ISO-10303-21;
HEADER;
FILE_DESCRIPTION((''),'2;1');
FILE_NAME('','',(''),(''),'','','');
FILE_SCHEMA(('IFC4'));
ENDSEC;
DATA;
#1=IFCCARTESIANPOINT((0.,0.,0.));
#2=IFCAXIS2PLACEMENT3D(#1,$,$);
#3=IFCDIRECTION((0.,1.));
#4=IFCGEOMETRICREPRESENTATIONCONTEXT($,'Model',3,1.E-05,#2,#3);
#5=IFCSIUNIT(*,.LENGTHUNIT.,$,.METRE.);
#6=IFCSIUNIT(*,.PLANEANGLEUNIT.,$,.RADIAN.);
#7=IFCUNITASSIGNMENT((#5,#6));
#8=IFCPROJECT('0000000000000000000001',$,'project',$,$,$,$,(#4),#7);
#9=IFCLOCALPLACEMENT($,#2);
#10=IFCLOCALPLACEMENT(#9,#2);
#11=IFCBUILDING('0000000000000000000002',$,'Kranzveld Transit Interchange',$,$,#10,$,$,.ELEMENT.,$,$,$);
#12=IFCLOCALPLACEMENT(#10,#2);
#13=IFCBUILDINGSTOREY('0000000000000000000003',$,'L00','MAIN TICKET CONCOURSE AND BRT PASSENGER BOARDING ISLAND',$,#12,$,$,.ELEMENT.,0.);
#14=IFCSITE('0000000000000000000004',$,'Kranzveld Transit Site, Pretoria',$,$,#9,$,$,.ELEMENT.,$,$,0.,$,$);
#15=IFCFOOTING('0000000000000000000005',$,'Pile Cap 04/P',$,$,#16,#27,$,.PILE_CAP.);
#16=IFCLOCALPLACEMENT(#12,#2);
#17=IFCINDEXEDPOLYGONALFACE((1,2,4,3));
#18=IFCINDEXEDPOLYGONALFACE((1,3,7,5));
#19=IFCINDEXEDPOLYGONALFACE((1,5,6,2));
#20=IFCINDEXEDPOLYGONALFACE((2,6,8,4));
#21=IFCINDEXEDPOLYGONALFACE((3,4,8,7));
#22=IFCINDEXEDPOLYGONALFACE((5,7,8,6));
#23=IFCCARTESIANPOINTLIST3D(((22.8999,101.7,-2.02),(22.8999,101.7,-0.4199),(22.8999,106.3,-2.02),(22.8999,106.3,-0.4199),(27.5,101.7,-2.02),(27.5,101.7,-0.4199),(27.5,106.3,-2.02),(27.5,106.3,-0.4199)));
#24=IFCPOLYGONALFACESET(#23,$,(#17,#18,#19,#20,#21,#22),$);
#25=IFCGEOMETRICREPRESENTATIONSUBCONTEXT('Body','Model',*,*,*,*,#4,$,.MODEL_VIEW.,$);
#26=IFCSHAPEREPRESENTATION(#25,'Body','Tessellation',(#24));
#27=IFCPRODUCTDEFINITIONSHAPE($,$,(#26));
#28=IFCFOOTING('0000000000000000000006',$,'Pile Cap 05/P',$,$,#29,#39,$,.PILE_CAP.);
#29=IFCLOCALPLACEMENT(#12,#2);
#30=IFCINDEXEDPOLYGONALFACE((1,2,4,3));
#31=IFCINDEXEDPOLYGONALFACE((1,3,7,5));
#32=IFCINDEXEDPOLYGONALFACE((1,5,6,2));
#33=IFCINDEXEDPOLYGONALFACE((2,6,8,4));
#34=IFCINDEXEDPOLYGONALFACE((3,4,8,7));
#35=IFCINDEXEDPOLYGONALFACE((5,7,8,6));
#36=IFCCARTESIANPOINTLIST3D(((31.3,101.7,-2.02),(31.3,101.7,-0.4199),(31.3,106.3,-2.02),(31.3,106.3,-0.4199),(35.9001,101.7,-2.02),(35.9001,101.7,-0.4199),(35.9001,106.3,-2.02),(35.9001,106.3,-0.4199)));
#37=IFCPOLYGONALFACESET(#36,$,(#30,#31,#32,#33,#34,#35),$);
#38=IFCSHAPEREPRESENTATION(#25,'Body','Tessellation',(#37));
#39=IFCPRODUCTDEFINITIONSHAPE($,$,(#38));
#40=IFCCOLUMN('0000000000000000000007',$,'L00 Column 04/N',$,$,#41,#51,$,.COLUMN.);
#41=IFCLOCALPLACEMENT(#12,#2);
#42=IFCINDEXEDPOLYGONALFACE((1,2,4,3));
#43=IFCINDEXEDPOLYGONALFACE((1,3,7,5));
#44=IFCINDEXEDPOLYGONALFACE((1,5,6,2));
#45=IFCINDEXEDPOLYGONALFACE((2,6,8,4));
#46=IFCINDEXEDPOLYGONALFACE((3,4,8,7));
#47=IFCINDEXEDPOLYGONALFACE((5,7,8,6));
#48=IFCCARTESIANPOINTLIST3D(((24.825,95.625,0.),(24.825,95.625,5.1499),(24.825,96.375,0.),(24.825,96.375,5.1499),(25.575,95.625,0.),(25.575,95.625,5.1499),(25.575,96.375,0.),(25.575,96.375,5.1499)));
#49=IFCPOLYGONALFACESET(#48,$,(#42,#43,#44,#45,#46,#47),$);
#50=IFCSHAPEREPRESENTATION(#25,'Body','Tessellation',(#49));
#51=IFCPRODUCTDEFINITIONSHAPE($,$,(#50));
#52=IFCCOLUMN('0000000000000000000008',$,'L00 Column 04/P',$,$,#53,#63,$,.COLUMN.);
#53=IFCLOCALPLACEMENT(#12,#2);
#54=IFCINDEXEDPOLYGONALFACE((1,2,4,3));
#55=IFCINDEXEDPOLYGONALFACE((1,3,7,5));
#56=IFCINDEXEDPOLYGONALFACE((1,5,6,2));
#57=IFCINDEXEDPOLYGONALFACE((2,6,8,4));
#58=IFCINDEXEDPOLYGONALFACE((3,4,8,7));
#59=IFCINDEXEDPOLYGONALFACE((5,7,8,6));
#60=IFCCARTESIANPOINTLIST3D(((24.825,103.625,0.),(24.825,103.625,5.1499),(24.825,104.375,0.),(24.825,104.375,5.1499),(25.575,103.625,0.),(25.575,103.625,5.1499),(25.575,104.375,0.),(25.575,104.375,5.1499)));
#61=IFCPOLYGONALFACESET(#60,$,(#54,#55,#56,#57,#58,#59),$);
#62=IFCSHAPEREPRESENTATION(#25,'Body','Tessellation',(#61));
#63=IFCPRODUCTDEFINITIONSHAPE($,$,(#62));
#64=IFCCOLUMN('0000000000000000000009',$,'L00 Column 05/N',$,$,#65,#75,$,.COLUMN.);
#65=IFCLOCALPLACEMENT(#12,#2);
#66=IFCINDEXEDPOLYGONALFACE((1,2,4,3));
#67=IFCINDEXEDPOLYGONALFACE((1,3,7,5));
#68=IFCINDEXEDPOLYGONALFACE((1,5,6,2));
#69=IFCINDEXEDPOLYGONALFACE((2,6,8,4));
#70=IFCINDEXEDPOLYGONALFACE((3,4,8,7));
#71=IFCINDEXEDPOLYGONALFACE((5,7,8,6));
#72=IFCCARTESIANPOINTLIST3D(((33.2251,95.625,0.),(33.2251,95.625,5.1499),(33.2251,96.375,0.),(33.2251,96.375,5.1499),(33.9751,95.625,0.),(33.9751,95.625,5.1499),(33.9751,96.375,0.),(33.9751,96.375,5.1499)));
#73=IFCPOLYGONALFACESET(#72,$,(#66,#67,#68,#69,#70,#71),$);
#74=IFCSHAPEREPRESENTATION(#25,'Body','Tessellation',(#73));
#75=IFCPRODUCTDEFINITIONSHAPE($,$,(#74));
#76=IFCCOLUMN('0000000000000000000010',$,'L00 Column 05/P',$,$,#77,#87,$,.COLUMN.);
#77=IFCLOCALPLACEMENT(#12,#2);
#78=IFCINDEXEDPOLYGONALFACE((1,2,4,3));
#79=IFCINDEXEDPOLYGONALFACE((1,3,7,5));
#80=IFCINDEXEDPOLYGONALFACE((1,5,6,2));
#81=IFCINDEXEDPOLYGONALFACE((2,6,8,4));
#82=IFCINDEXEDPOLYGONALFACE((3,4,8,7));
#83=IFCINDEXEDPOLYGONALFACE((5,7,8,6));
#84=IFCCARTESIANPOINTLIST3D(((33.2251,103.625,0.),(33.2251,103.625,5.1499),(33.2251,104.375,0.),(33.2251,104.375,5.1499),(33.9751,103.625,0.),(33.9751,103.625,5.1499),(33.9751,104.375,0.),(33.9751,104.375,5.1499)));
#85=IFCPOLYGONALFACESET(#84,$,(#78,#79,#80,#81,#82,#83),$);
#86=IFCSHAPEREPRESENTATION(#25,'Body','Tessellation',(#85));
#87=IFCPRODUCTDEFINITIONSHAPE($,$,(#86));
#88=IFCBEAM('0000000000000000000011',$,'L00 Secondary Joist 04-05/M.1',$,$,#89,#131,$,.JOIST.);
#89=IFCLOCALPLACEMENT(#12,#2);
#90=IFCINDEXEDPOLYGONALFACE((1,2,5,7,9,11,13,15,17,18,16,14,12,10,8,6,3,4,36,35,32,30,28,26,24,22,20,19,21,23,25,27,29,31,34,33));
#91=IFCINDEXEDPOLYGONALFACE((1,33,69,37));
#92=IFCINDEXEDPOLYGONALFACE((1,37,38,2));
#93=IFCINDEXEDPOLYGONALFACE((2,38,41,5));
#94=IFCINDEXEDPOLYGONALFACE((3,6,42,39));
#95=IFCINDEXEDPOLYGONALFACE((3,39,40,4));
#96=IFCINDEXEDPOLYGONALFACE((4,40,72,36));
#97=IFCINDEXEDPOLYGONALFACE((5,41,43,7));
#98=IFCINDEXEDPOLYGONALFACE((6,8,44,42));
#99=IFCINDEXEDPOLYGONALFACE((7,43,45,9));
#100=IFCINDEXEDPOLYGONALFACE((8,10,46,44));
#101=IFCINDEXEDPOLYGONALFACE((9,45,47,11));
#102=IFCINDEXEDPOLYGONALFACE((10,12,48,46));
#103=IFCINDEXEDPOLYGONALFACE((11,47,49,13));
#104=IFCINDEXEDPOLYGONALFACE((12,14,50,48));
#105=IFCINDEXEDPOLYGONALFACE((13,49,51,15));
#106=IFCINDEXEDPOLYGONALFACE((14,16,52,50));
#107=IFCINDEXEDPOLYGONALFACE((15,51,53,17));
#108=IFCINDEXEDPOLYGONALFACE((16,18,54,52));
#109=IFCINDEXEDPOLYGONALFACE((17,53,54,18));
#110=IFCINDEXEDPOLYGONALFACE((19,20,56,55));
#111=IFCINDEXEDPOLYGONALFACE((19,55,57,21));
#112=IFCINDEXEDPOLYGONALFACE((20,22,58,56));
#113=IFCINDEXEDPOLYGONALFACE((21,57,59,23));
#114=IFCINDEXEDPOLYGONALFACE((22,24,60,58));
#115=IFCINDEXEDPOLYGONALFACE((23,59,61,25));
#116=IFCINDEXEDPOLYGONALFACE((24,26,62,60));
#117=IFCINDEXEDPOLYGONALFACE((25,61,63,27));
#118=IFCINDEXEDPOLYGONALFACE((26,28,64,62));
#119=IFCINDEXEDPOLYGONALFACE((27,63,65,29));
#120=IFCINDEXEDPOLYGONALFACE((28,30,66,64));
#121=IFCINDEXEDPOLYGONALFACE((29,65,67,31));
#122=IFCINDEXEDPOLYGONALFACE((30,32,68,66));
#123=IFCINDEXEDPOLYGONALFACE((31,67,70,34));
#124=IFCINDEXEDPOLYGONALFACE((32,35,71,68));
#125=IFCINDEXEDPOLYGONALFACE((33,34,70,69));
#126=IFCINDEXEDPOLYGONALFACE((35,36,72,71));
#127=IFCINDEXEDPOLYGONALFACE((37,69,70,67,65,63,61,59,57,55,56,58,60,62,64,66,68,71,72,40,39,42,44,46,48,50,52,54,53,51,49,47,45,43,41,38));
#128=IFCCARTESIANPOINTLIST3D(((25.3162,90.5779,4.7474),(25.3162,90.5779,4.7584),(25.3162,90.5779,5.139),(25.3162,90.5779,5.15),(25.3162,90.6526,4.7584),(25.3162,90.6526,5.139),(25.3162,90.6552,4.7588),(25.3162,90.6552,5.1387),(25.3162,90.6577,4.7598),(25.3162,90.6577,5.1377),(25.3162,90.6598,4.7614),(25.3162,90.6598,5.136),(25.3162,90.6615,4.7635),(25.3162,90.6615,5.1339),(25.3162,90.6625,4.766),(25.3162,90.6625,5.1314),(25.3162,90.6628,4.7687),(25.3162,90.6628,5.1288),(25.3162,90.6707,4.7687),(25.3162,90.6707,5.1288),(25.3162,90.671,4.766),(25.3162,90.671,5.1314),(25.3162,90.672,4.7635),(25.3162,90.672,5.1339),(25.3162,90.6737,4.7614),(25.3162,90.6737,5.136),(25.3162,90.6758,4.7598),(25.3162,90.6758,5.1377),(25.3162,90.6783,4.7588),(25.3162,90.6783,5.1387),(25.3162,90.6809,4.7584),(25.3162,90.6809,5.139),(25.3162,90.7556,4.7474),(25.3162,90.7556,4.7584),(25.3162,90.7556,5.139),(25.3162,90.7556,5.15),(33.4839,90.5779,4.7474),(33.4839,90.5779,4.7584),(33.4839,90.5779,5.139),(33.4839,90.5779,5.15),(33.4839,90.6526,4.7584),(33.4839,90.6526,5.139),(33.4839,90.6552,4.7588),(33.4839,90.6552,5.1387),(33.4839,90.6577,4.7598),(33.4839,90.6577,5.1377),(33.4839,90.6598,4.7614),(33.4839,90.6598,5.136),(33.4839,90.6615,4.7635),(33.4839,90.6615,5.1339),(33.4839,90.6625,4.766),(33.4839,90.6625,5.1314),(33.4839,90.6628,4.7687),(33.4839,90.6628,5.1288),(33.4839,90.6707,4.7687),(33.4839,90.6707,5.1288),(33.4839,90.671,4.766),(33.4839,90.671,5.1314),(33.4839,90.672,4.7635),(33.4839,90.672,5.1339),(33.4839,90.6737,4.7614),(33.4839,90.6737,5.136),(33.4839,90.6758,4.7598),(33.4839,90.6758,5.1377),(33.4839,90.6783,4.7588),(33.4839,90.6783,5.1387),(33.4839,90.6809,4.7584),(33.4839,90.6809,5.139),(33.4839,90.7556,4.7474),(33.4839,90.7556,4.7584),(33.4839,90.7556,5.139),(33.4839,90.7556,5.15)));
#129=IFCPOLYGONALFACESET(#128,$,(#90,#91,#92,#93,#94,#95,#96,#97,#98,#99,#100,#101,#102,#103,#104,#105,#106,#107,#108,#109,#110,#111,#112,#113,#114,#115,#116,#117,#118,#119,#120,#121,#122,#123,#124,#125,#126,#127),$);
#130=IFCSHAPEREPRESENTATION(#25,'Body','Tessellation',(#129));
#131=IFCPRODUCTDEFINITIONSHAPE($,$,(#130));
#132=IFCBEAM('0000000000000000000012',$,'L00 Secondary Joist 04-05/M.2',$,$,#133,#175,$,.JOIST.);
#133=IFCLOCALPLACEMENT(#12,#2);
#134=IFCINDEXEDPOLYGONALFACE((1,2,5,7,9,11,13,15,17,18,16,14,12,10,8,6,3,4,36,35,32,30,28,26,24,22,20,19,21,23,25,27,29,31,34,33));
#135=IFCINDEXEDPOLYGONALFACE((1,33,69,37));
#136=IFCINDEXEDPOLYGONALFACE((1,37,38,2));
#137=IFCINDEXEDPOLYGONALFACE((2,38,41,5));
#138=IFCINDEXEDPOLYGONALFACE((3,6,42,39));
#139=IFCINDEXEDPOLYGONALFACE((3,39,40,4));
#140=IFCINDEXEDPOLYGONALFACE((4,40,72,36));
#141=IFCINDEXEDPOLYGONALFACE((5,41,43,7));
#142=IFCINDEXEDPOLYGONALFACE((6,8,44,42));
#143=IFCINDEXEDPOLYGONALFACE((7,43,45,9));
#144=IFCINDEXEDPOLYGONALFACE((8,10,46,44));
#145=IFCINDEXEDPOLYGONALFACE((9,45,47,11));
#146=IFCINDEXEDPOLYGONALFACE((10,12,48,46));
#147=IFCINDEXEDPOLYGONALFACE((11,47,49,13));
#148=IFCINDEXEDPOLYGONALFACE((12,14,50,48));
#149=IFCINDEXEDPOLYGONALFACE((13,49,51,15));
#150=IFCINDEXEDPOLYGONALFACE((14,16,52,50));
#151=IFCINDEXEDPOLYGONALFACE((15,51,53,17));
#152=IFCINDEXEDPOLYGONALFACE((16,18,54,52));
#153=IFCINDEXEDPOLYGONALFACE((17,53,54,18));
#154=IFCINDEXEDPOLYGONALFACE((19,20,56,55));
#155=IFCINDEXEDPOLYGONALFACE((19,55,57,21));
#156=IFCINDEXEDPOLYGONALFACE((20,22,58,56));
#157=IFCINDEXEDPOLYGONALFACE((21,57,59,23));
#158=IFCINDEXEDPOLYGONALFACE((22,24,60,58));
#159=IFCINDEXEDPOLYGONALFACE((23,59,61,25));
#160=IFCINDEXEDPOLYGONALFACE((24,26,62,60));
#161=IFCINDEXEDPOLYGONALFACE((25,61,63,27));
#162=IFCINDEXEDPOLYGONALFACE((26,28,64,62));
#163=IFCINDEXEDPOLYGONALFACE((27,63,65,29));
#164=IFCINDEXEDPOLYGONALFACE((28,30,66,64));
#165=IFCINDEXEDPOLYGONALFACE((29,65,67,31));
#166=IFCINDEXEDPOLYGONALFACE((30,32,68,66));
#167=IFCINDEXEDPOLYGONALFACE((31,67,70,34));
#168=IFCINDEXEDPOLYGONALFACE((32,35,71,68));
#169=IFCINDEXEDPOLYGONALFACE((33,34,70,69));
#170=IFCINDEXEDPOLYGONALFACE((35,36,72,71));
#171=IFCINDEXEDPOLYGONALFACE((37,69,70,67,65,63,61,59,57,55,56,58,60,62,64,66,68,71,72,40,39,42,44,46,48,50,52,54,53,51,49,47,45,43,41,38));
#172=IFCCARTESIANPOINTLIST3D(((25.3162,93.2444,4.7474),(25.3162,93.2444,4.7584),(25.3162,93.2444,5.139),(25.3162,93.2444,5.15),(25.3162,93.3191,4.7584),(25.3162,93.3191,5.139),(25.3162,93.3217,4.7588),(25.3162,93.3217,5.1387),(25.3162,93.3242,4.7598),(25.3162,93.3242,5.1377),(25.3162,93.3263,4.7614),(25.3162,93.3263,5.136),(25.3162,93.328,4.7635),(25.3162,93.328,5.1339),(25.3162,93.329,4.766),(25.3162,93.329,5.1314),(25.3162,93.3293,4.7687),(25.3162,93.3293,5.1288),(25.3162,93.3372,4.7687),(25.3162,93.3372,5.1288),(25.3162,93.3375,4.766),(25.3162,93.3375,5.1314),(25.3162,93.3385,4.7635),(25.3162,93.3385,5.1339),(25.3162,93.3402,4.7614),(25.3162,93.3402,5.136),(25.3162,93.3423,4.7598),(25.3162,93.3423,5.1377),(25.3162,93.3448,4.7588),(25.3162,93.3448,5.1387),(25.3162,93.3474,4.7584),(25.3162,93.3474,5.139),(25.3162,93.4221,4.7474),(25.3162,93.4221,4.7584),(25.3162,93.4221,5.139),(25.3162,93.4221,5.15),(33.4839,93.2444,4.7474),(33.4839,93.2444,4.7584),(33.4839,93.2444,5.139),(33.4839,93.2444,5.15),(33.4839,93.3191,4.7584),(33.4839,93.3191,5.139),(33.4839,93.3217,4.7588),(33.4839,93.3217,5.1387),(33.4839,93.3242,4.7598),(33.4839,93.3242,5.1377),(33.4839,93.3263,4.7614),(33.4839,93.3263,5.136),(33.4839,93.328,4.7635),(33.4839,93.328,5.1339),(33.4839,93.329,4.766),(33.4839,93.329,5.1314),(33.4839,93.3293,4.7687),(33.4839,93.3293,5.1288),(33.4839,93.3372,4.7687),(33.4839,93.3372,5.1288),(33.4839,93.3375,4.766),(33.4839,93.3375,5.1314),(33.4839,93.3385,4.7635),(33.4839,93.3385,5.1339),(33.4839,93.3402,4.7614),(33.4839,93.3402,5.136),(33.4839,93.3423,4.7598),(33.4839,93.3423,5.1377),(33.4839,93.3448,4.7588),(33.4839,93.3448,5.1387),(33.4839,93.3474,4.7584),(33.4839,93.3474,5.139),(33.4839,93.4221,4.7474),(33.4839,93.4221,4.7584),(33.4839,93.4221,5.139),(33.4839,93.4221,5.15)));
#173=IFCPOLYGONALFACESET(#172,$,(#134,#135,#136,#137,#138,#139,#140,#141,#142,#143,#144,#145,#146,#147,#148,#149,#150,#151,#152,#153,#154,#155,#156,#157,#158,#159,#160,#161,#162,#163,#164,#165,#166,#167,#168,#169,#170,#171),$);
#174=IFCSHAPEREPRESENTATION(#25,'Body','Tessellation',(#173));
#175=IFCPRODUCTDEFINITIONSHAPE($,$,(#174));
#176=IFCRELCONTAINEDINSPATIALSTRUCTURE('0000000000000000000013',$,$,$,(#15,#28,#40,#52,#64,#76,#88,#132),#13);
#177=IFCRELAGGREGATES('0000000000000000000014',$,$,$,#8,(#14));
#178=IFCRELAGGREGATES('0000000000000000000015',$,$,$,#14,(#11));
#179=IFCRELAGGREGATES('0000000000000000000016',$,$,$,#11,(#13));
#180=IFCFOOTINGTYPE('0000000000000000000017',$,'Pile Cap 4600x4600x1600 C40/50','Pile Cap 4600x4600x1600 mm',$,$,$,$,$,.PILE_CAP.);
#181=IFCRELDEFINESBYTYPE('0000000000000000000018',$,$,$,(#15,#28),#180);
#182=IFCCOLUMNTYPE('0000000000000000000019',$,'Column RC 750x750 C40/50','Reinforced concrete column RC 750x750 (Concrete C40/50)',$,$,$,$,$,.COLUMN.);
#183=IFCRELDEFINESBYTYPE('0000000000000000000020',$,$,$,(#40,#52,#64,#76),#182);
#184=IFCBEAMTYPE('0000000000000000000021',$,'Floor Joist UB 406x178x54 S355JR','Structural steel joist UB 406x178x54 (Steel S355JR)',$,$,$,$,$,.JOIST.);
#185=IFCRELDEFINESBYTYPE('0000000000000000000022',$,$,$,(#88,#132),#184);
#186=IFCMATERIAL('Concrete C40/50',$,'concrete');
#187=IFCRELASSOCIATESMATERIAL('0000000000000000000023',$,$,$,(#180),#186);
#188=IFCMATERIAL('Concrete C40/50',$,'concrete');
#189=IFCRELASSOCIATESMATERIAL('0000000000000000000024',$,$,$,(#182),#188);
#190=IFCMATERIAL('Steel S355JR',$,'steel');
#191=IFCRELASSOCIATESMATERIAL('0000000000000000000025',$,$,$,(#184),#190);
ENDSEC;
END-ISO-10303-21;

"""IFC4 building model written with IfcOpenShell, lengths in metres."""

from ifc_helpers import new_model, si_unit, direction, frame, origin, origin_2d, place, context, subcontext, project, spatial, rectangle, i_section, extrude, material, material_profile, profile_set, type_object, element, save


model = new_model("IFC4")

# Units and contexts
model_context = context("Model", 3, precision=1e-05, world=origin(), true_north=direction((0.0, 1.0)))
body_context = subcontext(model_context, "Body", "Model", "MODEL_VIEW")
ifc_project = project(units=[si_unit("LENGTHUNIT", "METRE"), si_unit("PLANEANGLEUNIT", "RADIAN")], contexts=[model_context])

# Site, building, storey
site_placement = place(None, origin())
site = spatial("IfcSite", under=ifc_project, at=site_placement, Name="Kranzveld Transit Site, Pretoria", CompositionType="ELEMENT", RefElevation=0.0)
building_placement = place(site_placement, origin())
building = spatial("IfcBuilding", under=site, at=building_placement, Name="Kranzveld Transit Interchange", CompositionType="ELEMENT")
storey_placement = place(building_placement, origin())
storey = spatial("IfcBuildingStorey", under=building, at=storey_placement, Name="L00", Description="MAIN TICKET CONCOURSE AND BRT PASSENGER BOARDING ISLAND", CompositionType="ELEMENT", Elevation=0.0)

# Footings
ifc_material_1 = material(Name="Concrete C40/50", Category="concrete")
footing_type = type_object("IfcFootingType", Name="Pile Cap 4600x4600x1600 C40/50", Description="Pile Cap 4600x4600x1600 mm", PredefinedType="PILE_CAP", material=ifc_material_1)
for number, where, z_axis, x_axis, name in (
    (1, (25.2, 104.0, -2.02), (0.0, 0.0, 1.0), (1.0, 0.0, 0.0), "Pile Cap 04/P"),
    (2, (33.6001, 104.0, -2.02), (0.0, 0.0, 1.0), (1.0, 0.0, 0.0), "Pile Cap 05/P"),
):
    element("IfcFooting", number, at=place(storey_placement, frame(where, z_axis=z_axis, x_axis=x_axis)), inside=storey, type_object=footing_type, Name=name, PredefinedType="PILE_CAP", context=body_context, shape_type="SweptSolid", body=[
        extrude(rectangle(XDim=4.6001, YDim=4.6001, at=origin_2d()), origin(), (0.0, 0.0, 1.0), 1.6001),
    ])

# Columns
ifc_material_2 = material(Name="Concrete C40/50", Category="concrete")
ifc_material_profile_1 = material_profile(ifc_material_2, rectangle(XDim=0.75, YDim=0.75, at=origin_2d()), Name="RC 750x750")
ifc_profile_set_1 = profile_set([ifc_material_profile_1], Name="Concrete C40/50")
column_type = type_object("IfcColumnType", Name="Column RC 750x750 C40/50", Description="Reinforced concrete column RC 750x750 (Concrete C40/50)", PredefinedType="COLUMN", material=ifc_profile_set_1)
for number, where, z_axis, x_axis, name in (
    (3, (25.2, 96.0, 0.0), (0.0, 0.0, 1.0), (1.0, 0.0, 0.0), "L00 Column 04/N"),
    (4, (25.2, 104.0, 0.0), (0.0, 0.0, 1.0), (1.0, 0.0, 0.0), "L00 Column 04/P"),
    (5, (33.6001, 96.0, 0.0), (0.0, 0.0, 1.0), (1.0, 0.0, 0.0), "L00 Column 05/N"),
    (6, (33.6001, 104.0, 0.0), (0.0, 0.0, 1.0), (1.0, 0.0, 0.0), "L00 Column 05/P"),
):
    element("IfcColumn", number, at=place(storey_placement, frame(where, z_axis=z_axis, x_axis=x_axis)), inside=storey, type_object=column_type, Name=name, PredefinedType="COLUMN", context=body_context, shape_type="SweptSolid", body=[
        extrude(rectangle(XDim=0.75, YDim=0.75, at=origin_2d()), origin(), (0.0, 0.0, 1.0), 5.1499),
    ])

# Beams
ifc_material_3 = material(Name="Steel S355JR", Category="steel")
ifc_material_profile_2 = material_profile(ifc_material_3, i_section(OverallWidth=0.1777, OverallDepth=0.4026, WebThickness=0.0078, FlangeThickness=0.011, FilletRadius=0.0103, at=origin_2d()), Name="UB 406x178x54")
ifc_profile_set_2 = profile_set([ifc_material_profile_2], Name="Steel S355JR")
beam_type_1 = type_object("IfcBeamType", Name="Floor Joist UB 406x178x54 S355JR", Description="Structural steel joist UB 406x178x54 (Steel S355JR)", PredefinedType="JOIST", material=ifc_profile_set_2)
for number, where, z_axis, x_axis, name in (
    (7, (25.3162, 90.6667, 4.9487), (1.0, 0.0, 0.0), (0.0, 1.0, 0.0), "L00 Secondary Joist 04-05/M.1"),
    (8, (25.3162, 93.3333, 4.9487), (1.0, 0.0, 0.0), (0.0, 1.0, 0.0), "L00 Secondary Joist 04-05/M.2"),
):
    element("IfcBeam", number, at=place(storey_placement, frame(where, z_axis=z_axis, x_axis=x_axis)), inside=storey, type_object=beam_type_1, Name=name, PredefinedType="JOIST", context=body_context, shape_type="SweptSolid", body=[
        extrude(i_section(OverallWidth=0.1777, OverallDepth=0.4026, WebThickness=0.0078, FlangeThickness=0.011, FilletRadius=0.0103, at=origin_2d()), origin(), (0.0, 0.0, 1.0), 8.1677),
    ])

save(model, "model.ifc")
